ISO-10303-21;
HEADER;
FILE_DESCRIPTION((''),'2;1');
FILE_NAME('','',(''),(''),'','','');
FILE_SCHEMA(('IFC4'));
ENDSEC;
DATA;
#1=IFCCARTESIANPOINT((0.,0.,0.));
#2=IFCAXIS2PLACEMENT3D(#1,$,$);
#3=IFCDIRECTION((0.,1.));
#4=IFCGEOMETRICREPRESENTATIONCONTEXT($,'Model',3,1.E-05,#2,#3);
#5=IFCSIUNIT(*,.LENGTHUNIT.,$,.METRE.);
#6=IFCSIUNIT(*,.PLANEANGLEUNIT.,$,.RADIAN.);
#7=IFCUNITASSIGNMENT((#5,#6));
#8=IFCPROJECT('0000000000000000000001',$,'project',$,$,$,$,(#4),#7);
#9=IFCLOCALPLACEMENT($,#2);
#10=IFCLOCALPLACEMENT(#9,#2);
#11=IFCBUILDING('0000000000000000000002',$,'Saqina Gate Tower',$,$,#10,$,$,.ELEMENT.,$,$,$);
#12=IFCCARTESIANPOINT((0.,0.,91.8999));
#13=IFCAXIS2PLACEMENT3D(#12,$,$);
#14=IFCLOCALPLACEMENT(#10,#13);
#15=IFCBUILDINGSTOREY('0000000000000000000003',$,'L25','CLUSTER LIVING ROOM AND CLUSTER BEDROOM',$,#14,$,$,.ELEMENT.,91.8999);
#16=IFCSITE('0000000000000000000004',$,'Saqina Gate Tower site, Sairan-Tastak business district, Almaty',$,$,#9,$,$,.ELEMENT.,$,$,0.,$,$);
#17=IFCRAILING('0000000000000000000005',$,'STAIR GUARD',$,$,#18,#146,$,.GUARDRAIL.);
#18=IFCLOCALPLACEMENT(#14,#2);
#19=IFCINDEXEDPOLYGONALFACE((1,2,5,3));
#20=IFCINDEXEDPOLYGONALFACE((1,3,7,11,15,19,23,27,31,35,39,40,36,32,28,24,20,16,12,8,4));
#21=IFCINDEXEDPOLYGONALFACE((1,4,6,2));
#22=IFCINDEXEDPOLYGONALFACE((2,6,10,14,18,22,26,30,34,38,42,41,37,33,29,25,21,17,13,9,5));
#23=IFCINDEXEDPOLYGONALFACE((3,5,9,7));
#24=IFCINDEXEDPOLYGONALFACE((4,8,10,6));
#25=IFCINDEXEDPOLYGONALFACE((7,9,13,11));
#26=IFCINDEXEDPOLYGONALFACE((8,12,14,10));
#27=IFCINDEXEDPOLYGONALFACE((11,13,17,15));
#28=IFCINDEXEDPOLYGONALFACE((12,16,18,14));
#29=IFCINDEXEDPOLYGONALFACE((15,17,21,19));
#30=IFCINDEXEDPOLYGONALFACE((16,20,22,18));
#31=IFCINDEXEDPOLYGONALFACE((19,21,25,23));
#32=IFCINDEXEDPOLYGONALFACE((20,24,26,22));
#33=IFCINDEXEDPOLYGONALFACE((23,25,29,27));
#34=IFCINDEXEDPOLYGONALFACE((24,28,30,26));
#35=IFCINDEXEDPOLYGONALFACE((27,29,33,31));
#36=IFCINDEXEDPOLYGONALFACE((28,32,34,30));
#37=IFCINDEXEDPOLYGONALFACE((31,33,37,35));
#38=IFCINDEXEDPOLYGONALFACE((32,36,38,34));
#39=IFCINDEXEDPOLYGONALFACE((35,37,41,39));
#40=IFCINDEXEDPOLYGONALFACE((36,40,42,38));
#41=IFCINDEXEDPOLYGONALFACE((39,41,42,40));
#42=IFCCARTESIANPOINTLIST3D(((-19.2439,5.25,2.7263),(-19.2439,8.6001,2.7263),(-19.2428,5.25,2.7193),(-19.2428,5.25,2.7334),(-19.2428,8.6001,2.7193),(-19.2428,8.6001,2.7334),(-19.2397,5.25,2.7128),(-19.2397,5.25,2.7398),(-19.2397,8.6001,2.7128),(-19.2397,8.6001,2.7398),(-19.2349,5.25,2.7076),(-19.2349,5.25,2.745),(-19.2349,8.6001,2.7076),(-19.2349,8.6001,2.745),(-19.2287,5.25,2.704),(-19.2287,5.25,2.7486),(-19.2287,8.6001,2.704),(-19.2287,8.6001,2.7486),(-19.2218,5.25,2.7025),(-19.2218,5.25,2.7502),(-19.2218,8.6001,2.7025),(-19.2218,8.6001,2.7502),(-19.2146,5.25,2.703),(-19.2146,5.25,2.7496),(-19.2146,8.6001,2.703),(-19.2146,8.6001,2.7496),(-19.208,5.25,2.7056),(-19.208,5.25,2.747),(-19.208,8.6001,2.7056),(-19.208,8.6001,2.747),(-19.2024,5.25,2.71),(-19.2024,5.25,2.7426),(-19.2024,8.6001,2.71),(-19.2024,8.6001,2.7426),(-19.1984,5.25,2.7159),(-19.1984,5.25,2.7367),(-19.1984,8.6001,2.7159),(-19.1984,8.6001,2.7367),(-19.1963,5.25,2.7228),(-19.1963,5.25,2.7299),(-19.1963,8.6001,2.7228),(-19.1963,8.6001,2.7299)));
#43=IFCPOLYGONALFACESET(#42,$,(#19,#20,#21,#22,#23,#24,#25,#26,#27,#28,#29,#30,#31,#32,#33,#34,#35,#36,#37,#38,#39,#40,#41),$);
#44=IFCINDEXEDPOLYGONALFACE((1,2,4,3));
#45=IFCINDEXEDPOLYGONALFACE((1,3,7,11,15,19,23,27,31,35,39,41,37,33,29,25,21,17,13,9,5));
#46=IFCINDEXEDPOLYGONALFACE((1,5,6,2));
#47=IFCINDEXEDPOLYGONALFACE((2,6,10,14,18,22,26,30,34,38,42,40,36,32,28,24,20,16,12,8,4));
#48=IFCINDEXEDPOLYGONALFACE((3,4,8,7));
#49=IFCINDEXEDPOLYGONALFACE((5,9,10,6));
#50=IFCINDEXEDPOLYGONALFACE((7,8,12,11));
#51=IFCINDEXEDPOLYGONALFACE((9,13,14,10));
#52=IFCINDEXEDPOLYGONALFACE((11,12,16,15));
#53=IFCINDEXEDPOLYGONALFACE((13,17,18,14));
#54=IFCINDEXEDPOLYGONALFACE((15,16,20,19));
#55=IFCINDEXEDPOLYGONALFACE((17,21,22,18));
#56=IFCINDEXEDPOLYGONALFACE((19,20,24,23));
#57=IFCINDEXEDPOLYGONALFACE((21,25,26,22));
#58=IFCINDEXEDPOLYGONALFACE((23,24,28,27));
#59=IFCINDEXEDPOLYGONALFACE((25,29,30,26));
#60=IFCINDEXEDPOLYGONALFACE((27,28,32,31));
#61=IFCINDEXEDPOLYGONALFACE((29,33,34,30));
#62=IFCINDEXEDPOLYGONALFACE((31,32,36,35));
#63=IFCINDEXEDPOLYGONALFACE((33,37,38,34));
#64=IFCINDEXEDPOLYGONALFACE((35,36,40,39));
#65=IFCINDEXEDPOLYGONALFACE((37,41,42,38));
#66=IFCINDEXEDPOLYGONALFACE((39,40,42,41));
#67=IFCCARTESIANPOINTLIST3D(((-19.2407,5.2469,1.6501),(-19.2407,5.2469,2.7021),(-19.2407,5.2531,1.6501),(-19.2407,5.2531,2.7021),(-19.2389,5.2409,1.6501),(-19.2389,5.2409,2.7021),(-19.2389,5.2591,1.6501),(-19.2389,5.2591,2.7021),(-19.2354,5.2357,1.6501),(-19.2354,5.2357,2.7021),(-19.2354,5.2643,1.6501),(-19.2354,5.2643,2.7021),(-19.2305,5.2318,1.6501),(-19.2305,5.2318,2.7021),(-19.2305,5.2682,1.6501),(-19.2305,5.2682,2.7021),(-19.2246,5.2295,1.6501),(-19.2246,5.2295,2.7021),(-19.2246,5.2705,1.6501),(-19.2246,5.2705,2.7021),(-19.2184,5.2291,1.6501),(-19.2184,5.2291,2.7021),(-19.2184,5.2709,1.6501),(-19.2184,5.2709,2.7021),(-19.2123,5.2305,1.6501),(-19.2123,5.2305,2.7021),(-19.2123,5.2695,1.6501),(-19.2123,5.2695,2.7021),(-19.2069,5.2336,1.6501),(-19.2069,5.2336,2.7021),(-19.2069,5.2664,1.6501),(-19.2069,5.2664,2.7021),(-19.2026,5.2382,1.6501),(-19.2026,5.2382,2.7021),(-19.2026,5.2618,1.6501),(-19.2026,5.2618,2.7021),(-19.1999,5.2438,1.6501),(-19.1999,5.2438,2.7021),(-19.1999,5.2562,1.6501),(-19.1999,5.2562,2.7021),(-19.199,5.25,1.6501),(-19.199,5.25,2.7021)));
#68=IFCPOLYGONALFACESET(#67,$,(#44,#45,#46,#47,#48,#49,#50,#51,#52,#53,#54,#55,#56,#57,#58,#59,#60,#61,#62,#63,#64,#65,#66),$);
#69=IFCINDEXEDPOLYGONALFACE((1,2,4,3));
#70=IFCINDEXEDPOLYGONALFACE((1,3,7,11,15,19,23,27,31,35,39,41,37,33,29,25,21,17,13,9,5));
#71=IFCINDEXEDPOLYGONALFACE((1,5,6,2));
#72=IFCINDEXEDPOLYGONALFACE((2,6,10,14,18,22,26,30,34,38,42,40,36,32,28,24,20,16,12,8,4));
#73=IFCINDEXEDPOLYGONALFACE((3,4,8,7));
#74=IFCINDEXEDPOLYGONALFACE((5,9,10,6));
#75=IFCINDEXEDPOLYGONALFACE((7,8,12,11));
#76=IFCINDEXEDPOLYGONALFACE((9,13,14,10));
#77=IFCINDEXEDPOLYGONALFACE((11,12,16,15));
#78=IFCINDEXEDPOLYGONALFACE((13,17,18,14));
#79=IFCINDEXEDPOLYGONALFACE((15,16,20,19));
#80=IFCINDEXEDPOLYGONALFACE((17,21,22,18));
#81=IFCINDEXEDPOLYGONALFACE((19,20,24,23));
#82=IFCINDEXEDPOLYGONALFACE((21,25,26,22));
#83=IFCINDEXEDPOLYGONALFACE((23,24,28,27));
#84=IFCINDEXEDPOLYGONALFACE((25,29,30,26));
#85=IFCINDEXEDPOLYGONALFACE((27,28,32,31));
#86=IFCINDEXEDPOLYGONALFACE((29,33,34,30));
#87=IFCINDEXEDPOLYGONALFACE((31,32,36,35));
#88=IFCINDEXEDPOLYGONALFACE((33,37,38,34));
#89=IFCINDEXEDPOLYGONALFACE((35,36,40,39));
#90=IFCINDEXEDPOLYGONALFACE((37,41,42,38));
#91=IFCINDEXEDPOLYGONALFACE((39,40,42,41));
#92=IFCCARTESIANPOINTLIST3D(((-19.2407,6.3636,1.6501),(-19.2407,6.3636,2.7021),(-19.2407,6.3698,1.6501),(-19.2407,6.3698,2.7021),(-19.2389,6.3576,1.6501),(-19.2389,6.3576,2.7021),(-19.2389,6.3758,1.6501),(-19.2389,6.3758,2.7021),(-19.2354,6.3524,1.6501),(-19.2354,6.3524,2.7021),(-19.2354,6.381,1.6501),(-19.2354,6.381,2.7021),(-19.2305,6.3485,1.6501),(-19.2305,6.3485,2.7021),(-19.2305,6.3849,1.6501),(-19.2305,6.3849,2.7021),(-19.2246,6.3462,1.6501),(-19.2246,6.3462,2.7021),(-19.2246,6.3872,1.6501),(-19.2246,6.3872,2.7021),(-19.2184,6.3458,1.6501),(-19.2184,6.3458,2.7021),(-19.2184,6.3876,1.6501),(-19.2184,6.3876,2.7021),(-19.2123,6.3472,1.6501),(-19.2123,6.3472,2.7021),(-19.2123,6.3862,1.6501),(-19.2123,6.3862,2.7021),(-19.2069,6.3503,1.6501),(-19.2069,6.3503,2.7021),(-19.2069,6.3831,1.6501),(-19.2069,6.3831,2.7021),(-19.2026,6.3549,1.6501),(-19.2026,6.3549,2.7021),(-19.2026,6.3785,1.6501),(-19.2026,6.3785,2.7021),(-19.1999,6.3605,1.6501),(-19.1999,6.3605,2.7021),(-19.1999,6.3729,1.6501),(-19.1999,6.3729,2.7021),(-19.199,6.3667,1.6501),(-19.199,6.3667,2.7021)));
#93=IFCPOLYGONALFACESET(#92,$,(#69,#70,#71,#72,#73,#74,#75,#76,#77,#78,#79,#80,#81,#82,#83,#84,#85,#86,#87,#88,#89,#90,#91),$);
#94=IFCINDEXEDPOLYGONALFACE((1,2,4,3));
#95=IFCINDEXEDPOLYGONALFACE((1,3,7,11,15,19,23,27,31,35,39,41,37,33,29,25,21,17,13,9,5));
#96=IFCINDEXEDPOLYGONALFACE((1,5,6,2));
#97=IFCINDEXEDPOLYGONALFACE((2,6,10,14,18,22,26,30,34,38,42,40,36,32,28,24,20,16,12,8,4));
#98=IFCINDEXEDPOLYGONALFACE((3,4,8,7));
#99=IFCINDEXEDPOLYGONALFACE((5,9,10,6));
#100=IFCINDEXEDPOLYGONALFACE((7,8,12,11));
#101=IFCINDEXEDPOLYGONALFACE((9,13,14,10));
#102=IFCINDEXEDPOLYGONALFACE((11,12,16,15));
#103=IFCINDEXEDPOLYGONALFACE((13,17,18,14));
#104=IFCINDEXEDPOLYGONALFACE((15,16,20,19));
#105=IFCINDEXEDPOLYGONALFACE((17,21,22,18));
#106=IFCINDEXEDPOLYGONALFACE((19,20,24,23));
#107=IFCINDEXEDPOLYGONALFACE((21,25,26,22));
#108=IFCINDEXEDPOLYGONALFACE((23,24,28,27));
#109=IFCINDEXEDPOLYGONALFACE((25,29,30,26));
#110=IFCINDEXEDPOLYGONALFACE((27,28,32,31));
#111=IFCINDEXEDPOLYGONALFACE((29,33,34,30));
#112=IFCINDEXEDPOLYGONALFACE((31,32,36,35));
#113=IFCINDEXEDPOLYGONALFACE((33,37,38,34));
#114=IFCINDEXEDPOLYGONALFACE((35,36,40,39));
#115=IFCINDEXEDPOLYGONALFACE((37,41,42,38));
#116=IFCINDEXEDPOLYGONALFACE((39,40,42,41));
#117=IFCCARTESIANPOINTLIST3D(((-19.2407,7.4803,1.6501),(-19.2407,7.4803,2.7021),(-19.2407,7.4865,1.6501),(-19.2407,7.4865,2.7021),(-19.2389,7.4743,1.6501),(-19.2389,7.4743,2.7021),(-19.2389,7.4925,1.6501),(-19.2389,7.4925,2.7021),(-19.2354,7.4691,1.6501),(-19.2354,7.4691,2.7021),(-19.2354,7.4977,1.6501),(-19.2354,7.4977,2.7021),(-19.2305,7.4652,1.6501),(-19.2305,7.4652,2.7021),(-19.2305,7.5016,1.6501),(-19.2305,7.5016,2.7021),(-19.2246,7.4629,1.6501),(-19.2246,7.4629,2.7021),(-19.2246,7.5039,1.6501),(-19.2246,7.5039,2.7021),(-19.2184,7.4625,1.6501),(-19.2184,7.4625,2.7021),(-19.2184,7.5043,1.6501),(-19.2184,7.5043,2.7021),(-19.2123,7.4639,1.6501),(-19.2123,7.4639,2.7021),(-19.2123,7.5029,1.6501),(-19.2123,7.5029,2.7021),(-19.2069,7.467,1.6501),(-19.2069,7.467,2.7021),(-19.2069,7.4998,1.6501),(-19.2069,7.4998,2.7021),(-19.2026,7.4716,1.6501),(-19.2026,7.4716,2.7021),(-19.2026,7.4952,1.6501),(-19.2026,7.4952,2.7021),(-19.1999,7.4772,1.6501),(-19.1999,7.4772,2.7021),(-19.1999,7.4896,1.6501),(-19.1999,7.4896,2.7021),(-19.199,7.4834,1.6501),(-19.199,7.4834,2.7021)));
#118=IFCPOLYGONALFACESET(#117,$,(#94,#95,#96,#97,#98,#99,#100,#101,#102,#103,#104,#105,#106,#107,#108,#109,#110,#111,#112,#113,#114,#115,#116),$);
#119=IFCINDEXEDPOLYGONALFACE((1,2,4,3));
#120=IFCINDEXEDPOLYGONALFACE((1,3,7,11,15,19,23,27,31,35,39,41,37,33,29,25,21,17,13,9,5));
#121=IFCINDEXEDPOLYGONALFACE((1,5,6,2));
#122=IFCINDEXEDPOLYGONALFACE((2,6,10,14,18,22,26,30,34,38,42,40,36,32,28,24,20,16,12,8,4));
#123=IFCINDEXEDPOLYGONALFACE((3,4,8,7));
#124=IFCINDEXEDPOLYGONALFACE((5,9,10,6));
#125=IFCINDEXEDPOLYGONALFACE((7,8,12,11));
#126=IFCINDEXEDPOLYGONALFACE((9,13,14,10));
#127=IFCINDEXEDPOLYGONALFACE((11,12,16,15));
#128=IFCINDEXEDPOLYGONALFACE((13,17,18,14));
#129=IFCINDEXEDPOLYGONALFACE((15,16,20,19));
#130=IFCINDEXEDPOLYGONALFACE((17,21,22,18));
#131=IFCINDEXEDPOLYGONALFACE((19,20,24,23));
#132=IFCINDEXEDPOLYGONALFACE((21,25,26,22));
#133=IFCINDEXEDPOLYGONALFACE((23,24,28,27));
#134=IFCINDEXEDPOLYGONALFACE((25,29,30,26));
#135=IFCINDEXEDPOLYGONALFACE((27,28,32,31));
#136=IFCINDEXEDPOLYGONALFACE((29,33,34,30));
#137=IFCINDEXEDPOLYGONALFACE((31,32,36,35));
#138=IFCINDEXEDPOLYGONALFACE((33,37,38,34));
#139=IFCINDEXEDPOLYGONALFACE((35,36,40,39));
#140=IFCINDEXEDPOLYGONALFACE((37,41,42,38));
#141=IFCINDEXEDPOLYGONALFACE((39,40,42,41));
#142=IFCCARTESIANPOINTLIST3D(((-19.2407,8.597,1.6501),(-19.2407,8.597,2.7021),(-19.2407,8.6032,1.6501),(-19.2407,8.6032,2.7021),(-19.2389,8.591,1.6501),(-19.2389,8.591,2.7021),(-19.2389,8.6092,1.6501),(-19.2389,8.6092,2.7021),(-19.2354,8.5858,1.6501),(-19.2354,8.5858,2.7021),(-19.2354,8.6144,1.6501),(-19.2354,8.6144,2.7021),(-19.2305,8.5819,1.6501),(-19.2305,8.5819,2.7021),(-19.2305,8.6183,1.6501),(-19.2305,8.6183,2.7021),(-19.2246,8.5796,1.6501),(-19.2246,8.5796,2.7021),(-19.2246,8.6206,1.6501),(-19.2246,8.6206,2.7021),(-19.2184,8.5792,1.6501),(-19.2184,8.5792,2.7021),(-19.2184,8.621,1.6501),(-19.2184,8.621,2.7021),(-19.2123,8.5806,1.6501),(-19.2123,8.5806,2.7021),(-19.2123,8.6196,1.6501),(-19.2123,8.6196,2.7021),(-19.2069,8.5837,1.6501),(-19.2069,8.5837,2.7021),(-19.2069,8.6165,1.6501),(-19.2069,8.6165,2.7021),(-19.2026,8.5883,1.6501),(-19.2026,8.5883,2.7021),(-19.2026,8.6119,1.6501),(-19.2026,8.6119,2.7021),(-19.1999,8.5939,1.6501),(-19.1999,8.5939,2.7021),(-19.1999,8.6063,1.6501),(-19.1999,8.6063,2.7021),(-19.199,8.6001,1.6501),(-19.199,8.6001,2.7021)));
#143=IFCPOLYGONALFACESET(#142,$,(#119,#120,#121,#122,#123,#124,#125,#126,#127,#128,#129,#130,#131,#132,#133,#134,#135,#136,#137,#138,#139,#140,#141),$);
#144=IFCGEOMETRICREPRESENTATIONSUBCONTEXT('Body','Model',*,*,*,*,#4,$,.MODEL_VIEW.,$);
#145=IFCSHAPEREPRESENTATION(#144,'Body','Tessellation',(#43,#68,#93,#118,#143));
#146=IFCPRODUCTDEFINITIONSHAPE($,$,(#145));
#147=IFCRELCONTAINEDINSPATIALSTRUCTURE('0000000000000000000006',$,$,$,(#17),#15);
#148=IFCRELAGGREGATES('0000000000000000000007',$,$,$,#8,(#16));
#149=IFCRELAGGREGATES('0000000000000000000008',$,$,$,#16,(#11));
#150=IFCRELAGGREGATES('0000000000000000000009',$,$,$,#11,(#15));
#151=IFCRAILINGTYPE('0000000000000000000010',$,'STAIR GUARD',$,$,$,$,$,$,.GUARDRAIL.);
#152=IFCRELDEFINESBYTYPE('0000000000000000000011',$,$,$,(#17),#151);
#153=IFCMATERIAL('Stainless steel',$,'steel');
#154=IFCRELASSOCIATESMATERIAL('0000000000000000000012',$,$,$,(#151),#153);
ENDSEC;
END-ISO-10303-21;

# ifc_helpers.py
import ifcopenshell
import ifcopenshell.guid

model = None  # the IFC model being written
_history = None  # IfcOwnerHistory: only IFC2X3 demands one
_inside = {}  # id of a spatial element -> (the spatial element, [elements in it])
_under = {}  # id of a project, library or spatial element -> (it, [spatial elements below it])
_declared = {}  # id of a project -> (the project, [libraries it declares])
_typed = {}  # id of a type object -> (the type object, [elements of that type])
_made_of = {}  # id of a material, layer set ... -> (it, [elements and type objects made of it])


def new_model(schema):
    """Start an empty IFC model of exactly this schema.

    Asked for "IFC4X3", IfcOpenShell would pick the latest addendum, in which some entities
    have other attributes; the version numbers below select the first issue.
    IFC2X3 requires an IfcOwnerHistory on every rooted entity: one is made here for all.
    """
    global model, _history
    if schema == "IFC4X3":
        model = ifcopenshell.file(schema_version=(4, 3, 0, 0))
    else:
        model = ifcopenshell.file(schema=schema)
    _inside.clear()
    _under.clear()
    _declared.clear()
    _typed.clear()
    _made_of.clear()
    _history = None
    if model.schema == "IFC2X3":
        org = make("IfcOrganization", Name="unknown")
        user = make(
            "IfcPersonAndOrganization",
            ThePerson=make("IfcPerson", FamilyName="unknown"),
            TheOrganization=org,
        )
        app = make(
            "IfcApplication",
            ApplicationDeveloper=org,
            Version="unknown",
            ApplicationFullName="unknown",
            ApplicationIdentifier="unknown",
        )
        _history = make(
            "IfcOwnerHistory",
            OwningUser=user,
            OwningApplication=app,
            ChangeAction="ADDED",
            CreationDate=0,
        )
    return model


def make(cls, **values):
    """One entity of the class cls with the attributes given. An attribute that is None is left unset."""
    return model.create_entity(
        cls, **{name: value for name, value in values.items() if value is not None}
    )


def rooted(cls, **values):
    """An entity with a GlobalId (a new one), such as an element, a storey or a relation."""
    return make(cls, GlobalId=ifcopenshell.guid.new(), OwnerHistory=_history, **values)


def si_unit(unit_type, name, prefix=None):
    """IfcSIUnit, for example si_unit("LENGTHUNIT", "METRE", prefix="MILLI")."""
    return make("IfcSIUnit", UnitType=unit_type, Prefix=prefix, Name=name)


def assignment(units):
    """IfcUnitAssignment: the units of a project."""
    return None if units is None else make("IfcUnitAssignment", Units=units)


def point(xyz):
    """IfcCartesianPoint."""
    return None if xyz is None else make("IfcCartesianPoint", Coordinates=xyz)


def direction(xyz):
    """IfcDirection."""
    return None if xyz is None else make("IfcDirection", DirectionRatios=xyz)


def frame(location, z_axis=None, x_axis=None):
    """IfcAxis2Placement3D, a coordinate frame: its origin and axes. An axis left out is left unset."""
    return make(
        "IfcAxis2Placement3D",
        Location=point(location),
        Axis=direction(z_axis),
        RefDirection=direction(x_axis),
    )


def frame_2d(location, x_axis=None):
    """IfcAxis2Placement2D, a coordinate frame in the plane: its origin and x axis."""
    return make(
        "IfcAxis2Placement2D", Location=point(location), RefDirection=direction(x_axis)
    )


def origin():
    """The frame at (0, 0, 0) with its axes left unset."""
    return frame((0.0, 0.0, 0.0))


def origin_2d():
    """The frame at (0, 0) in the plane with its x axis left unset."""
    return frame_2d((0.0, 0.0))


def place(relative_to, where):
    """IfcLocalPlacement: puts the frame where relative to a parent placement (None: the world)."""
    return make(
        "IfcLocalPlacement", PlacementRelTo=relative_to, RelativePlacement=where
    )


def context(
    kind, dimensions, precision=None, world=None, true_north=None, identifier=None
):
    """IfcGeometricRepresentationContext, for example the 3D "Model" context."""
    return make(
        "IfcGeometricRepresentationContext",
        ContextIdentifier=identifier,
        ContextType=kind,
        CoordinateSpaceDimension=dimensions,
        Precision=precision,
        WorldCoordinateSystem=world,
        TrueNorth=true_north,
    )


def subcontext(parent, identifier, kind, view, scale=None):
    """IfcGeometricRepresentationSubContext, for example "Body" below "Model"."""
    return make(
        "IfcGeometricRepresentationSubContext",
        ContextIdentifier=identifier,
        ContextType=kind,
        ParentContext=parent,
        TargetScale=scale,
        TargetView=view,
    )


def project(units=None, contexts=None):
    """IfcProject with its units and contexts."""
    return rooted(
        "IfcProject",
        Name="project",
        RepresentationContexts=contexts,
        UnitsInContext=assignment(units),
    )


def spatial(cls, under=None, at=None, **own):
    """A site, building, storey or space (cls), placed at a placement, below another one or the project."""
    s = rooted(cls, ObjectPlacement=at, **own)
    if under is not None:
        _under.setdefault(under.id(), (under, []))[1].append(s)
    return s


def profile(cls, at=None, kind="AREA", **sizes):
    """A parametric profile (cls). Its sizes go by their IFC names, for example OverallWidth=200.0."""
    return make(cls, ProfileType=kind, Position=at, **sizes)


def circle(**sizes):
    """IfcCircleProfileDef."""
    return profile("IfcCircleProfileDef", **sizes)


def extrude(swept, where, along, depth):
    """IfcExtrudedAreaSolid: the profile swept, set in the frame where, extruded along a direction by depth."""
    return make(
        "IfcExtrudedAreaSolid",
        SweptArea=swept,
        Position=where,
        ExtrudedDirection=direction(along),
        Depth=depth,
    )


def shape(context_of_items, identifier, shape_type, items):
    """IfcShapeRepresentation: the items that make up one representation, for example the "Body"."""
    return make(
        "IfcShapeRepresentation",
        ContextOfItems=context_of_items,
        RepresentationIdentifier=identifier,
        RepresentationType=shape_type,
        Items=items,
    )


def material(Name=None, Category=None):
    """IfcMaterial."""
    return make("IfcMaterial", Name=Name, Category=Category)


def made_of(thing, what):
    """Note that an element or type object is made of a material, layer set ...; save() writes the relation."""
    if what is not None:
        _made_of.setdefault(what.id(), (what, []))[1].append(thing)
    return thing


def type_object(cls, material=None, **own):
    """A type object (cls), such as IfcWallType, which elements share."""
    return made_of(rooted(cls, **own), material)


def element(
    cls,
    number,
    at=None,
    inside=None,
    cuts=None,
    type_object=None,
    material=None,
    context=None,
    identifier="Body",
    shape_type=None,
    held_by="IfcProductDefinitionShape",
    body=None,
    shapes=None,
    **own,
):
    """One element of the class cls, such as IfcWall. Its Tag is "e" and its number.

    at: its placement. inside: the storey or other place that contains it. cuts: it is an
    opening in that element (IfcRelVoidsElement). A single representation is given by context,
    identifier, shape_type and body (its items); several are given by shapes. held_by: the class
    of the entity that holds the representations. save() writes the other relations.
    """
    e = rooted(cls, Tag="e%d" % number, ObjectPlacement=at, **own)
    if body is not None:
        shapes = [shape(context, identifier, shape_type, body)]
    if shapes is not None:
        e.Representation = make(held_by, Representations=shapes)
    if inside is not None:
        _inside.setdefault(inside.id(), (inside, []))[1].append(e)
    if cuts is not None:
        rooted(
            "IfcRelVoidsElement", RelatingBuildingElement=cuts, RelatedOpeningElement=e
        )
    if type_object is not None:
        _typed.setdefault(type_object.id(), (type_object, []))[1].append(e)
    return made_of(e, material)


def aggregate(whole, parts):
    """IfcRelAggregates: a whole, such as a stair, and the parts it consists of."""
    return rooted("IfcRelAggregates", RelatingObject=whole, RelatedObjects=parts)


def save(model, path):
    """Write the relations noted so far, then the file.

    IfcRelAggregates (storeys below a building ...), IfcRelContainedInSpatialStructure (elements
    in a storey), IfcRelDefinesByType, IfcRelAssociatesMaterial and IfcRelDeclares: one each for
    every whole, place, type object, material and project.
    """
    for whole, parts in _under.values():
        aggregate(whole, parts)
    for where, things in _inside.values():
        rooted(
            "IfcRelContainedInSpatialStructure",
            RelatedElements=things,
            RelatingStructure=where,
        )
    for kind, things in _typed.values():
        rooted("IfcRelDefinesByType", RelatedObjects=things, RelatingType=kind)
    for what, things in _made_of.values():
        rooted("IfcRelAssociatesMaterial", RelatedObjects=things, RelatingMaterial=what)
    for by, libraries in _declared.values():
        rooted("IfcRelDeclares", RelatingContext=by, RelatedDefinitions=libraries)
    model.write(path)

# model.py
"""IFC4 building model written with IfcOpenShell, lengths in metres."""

from ifc_helpers import new_model, si_unit, direction, frame, origin, origin_2d, place, context, subcontext, project, spatial, circle, extrude, material, type_object, element, save


model = new_model("IFC4")

# Units and contexts
model_context = context("Model", 3, precision=1e-05, world=origin(), true_north=direction((0.0, 1.0)))
body_context = subcontext(model_context, "Body", "Model", "MODEL_VIEW")
ifc_project = project(units=[si_unit("LENGTHUNIT", "METRE"), si_unit("PLANEANGLEUNIT", "RADIAN")], contexts=[model_context])

# Site, building, storey
site_placement = place(None, origin())
site = spatial("IfcSite", under=ifc_project, at=site_placement, Name="Saqina Gate Tower site, Sairan-Tastak business district, Almaty", CompositionType="ELEMENT", RefElevation=0.0)
building_placement = place(site_placement, origin())
building = spatial("IfcBuilding", under=site, at=building_placement, Name="Saqina Gate Tower", CompositionType="ELEMENT")
storey_placement = place(building_placement, frame((0.0, 0.0, 91.8999)))
storey = spatial("IfcBuildingStorey", under=building, at=storey_placement, Name="L25", Description="CLUSTER LIVING ROOM AND CLUSTER BEDROOM", CompositionType="ELEMENT", Elevation=91.8999)

# Railing
ifc_material_1 = material(Name="Stainless steel", Category="steel")
railing_type = type_object("IfcRailingType", Name="STAIR GUARD", PredefinedType="GUARDRAIL", material=ifc_material_1)
railing_placement = place(storey_placement, frame((-19.22, 5.25, 1.6501)))
element("IfcRailing", 1, at=railing_placement, inside=storey, type_object=railing_type, Name="STAIR GUARD", PredefinedType="GUARDRAIL", context=body_context, shape_type="SweptSolid", body=[
    extrude(circle(Radius=0.0239, at=origin_2d()), frame((0.0, 0.0, 1.0762), z_axis=(0.0, 1.0, 0.0), x_axis=(-1.0, 0.0, 0.0)), (0.0, 0.0, 1.0), 3.3501),
    extrude(circle(Radius=0.021, at=origin_2d()), origin(), (0.0, 0.0, 1.0), 1.052),
    extrude(circle(Radius=0.021, at=origin_2d()), frame((0.0, 1.1167, 0.0)), (0.0, 0.0, 1.0), 1.052),
    extrude(circle(Radius=0.021, at=origin_2d()), frame((0.0, 2.2334, 0.0)), (0.0, 0.0, 1.0), 1.052),
    extrude(circle(Radius=0.021, at=origin_2d()), frame((0.0, 3.3501, 0.0)), (0.0, 0.0, 1.0), 1.052),
])

save(model, "model.ifc")
